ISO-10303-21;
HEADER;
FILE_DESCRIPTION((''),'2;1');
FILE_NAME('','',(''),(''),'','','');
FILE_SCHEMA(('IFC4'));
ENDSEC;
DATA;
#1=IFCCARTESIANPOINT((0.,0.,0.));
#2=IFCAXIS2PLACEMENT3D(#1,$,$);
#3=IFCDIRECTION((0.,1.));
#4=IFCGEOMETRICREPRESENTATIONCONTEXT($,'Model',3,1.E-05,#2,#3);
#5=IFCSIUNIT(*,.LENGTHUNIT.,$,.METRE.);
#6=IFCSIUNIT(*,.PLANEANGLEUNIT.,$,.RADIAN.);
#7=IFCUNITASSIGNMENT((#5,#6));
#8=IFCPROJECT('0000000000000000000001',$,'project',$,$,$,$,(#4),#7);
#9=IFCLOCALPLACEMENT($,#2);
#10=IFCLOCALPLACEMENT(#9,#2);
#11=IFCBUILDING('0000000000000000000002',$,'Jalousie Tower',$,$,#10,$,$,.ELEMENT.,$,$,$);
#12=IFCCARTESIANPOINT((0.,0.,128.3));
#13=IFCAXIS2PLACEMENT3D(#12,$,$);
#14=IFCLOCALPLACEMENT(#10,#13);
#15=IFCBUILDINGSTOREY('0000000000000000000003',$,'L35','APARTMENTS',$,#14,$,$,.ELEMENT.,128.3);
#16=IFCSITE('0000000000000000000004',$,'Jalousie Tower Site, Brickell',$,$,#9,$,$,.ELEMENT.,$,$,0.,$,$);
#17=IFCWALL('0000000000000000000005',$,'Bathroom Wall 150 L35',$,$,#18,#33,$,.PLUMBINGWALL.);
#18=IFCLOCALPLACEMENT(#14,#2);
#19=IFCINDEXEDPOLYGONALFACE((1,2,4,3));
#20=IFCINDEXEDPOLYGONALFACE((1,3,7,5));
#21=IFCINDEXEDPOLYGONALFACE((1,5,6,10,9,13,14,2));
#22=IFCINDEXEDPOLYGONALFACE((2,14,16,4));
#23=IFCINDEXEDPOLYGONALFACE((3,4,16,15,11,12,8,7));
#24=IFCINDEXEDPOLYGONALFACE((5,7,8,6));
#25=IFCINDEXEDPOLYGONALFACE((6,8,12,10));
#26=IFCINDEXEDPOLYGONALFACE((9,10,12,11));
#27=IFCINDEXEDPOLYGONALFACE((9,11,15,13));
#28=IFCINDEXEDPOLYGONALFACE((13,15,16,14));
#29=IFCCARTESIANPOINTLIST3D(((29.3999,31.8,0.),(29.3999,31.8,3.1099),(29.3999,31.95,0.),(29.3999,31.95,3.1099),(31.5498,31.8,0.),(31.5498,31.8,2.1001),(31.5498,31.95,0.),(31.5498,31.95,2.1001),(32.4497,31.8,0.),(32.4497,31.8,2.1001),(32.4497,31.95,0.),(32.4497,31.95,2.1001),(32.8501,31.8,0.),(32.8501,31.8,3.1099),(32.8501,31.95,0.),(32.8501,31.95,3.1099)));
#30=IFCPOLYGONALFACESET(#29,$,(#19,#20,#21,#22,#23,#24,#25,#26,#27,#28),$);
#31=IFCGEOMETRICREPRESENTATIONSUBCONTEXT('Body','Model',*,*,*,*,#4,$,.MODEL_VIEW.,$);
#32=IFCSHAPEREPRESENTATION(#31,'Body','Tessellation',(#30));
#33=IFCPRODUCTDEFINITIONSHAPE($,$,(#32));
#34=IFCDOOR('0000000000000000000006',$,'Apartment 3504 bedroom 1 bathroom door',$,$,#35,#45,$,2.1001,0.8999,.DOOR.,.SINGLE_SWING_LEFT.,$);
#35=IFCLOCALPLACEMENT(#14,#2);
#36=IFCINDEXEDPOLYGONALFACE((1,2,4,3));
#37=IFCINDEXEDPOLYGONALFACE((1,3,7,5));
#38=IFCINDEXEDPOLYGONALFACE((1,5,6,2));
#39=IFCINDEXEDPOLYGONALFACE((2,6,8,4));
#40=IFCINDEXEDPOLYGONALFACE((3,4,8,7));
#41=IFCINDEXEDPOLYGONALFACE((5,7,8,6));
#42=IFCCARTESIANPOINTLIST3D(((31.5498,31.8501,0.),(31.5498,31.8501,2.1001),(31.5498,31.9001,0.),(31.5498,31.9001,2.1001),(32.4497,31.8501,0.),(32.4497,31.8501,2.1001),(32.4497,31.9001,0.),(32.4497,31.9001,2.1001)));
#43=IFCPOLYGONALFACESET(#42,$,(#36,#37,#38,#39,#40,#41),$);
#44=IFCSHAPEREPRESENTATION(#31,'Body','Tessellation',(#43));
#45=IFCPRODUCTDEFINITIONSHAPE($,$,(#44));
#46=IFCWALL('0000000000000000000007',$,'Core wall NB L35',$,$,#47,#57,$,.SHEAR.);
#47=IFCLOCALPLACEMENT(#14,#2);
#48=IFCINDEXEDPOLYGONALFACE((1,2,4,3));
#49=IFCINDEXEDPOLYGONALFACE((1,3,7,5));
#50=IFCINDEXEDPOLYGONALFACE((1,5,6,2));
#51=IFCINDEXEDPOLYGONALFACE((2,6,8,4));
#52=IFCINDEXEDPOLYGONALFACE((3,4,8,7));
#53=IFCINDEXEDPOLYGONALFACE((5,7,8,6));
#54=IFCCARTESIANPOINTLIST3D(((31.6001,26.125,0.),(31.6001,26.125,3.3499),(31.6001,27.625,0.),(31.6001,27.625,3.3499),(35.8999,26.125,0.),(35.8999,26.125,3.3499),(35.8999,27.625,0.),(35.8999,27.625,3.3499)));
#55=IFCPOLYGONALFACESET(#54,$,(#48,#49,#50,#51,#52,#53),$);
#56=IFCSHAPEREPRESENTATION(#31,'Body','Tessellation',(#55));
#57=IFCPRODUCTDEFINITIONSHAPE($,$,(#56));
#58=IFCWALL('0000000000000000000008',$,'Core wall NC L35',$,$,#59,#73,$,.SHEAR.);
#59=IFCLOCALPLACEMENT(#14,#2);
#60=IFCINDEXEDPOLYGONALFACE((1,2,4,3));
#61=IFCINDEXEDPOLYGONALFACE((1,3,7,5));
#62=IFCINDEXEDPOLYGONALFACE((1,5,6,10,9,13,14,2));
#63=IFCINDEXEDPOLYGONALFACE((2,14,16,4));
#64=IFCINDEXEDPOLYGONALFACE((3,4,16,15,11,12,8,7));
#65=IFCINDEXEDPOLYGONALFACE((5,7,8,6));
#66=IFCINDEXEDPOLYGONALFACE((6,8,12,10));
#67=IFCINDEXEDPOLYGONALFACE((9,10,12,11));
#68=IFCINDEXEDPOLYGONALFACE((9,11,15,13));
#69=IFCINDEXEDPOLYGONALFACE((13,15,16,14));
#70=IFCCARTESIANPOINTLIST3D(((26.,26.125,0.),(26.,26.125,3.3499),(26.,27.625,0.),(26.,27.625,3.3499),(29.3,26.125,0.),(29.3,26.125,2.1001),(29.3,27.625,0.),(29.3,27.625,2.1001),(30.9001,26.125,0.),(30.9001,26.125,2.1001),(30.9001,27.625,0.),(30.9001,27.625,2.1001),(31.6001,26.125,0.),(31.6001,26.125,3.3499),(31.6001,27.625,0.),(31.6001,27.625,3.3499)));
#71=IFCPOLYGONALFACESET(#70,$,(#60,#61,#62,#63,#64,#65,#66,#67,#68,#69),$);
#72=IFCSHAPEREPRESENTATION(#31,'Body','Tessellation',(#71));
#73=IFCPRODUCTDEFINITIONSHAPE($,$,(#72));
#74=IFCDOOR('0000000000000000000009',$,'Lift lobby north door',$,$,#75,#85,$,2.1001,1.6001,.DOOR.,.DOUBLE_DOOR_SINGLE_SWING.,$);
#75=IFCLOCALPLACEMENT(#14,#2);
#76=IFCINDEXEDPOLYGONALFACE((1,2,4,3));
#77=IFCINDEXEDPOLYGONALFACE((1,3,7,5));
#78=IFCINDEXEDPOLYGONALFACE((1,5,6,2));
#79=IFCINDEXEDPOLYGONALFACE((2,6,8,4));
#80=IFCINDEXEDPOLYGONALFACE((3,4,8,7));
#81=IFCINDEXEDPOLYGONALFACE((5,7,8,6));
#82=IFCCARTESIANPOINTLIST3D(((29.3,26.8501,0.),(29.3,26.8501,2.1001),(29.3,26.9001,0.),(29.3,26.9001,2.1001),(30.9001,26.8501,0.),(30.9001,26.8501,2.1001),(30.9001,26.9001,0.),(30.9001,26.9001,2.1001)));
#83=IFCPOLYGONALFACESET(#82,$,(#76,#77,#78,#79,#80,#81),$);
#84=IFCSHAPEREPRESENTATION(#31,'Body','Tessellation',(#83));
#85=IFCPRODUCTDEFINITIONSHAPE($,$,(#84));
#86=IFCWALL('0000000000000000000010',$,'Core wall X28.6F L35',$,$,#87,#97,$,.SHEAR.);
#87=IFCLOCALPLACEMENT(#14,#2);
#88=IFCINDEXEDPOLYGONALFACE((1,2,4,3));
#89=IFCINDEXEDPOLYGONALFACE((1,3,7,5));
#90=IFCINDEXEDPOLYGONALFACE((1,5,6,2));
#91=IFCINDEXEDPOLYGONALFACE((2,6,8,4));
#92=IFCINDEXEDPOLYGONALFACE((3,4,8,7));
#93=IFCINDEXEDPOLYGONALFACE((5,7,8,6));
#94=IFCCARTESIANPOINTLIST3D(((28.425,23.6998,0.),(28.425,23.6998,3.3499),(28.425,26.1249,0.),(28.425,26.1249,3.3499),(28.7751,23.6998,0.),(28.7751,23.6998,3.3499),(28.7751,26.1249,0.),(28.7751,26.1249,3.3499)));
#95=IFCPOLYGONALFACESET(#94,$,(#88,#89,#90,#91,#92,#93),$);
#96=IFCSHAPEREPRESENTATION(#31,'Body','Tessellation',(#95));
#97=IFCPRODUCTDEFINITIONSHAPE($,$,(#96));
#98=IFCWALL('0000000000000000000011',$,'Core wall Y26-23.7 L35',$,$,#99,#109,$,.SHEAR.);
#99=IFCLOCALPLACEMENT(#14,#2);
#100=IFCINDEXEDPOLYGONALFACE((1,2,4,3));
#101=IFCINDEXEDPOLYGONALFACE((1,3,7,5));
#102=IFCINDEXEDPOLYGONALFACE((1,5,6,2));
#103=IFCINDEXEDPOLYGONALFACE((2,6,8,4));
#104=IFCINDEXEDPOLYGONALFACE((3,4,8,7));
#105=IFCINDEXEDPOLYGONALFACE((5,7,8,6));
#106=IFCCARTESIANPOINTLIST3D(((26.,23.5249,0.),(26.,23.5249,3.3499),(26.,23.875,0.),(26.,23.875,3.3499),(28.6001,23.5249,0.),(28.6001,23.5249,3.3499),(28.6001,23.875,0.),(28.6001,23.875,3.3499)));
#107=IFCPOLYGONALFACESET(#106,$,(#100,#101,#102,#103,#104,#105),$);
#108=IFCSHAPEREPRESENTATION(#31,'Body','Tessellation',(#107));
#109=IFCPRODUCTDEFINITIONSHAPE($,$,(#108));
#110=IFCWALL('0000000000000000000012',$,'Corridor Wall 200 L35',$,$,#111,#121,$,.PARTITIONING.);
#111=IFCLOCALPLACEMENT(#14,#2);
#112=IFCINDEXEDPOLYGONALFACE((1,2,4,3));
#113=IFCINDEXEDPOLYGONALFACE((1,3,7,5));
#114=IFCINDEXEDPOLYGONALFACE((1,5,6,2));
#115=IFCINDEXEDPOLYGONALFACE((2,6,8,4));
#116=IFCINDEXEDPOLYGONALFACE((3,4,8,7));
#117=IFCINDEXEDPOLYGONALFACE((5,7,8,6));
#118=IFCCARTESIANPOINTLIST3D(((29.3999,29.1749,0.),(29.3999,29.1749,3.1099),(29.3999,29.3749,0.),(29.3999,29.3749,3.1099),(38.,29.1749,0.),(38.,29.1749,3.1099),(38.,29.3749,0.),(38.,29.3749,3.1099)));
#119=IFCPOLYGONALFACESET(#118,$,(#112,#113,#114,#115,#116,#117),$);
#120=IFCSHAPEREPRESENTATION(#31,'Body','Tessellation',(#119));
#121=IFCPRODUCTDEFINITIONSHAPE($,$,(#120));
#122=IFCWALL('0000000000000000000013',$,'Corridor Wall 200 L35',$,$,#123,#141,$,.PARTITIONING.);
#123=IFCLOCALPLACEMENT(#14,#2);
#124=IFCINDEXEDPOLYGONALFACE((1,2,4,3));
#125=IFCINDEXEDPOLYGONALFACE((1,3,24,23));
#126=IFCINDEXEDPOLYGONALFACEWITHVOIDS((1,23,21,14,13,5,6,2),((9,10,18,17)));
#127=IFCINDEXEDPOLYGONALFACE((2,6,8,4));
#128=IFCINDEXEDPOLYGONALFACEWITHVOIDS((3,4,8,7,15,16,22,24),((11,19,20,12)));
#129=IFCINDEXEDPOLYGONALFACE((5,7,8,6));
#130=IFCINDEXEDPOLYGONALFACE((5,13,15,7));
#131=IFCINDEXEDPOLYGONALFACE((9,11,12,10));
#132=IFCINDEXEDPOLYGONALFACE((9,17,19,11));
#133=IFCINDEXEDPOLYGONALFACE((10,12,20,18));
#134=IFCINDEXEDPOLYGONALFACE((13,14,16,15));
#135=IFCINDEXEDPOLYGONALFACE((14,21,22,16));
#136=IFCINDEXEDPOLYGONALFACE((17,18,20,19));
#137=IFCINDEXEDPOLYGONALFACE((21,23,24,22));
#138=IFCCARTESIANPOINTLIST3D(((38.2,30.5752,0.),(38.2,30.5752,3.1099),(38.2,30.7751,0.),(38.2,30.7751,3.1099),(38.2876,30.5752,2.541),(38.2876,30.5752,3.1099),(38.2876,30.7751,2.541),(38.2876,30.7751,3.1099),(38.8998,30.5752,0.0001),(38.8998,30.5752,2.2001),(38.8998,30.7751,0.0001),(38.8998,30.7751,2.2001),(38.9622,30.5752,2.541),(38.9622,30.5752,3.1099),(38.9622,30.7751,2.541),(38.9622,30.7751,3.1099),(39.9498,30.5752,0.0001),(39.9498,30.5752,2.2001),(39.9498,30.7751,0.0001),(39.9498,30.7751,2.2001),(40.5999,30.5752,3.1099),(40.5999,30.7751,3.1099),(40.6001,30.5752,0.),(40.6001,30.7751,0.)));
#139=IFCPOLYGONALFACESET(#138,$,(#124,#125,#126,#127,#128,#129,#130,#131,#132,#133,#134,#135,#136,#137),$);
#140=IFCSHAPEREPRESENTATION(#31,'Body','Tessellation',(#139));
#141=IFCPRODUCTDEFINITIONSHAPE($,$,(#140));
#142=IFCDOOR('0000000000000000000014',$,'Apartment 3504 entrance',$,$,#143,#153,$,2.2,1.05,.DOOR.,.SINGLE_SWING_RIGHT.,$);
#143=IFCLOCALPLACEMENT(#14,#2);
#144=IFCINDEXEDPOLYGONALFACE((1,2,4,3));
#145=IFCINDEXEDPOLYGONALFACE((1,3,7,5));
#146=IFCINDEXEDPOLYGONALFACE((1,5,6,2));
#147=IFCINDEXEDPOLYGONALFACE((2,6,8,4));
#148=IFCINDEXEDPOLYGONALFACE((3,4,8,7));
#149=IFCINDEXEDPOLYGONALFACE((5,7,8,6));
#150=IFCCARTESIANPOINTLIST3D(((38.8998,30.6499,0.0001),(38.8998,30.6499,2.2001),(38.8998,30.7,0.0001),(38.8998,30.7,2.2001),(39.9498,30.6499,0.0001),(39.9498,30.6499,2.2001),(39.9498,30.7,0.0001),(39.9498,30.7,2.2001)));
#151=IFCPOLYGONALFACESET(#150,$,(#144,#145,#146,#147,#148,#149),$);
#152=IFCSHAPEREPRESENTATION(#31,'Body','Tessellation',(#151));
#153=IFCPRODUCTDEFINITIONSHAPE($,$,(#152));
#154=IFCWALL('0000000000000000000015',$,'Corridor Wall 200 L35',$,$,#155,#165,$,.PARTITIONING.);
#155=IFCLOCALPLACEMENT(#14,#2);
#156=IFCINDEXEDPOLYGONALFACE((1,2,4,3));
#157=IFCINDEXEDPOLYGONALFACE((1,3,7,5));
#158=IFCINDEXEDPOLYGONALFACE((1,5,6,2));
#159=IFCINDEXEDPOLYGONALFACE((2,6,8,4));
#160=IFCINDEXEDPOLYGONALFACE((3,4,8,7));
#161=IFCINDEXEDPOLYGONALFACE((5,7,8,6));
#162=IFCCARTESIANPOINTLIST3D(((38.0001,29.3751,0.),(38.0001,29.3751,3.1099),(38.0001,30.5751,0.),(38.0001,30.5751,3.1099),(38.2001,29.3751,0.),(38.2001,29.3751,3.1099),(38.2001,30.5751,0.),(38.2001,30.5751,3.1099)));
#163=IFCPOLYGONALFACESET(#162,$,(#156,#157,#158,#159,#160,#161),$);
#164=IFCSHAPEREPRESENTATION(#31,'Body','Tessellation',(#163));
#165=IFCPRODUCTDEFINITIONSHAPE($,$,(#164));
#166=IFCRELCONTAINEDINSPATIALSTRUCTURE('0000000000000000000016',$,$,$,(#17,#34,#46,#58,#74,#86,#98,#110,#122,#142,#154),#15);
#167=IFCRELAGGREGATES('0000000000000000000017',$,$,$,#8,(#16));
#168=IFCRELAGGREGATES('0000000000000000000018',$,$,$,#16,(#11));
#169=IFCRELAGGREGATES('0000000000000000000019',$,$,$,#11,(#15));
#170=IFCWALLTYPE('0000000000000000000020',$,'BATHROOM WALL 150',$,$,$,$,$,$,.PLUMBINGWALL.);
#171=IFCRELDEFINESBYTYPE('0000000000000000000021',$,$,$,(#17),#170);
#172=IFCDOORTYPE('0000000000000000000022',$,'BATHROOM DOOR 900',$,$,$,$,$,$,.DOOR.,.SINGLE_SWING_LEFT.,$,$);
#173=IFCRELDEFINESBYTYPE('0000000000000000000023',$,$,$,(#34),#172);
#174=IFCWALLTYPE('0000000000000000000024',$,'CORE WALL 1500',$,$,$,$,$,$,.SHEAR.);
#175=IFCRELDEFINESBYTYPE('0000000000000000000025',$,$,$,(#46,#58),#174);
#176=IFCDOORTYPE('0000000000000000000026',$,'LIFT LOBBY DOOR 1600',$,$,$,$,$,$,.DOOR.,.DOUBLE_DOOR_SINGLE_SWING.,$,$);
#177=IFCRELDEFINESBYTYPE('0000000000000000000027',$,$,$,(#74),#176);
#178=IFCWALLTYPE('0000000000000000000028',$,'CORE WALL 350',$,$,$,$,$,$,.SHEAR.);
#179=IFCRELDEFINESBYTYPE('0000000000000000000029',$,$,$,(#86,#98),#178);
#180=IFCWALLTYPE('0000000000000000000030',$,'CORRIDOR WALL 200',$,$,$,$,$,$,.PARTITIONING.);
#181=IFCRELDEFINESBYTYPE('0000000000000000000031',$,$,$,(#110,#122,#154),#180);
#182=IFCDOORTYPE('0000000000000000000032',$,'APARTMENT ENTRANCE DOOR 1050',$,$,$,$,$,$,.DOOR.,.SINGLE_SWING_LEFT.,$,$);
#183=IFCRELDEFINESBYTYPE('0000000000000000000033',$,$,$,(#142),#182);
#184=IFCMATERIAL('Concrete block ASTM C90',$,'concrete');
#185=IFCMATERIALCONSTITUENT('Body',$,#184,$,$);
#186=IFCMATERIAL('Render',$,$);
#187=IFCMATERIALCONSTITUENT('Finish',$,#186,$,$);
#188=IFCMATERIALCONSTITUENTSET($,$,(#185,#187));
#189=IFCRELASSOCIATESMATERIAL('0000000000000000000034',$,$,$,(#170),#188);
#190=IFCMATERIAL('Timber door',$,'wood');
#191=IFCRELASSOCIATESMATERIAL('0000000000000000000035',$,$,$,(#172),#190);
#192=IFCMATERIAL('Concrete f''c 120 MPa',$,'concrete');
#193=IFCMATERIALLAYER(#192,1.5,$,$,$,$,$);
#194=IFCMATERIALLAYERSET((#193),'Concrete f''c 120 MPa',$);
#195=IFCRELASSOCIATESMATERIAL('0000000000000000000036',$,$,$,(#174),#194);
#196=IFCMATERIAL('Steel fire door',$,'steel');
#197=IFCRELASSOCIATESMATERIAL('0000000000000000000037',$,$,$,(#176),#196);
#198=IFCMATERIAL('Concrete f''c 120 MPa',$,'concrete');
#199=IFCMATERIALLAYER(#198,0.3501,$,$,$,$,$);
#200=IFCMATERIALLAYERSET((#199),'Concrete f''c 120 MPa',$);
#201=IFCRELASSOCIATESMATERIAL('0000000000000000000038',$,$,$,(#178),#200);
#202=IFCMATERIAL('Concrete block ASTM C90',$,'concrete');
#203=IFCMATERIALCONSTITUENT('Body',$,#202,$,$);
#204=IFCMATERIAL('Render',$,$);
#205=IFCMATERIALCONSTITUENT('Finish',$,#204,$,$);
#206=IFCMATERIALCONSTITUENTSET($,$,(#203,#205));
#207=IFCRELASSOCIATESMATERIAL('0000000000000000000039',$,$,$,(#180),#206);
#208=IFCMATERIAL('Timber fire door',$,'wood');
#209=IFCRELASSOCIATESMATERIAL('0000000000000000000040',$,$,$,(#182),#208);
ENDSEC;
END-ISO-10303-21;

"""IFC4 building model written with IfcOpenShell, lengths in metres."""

from ifc_helpers import new_model, si_unit, direction, frame, frame_2d, origin, place, context, subcontext, project, spatial, polyline, rectangle, outline, extrude, material, layer, layer_set, constituent, constituent_set, type_object, element, fill, save


model = new_model("IFC4")

# Units and contexts
model_context = context("Model", 3, precision=1e-05, world=origin(), true_north=direction((0.0, 1.0)))
body_context = subcontext(model_context, "Body", "Model", "MODEL_VIEW")
ifc_project = project(units=[si_unit("LENGTHUNIT", "METRE"), si_unit("PLANEANGLEUNIT", "RADIAN")], contexts=[model_context])

# Site, building, storey
site_placement = place(None, origin())
site = spatial("IfcSite", under=ifc_project, at=site_placement, Name="Jalousie Tower Site, Brickell", CompositionType="ELEMENT", RefElevation=0.0)
building_placement = place(site_placement, origin())
building = spatial("IfcBuilding", under=site, at=building_placement, Name="Jalousie Tower", CompositionType="ELEMENT")
storey_placement = place(building_placement, frame((0.0, 0.0, 128.3)))
storey = spatial("IfcBuildingStorey", under=building, at=storey_placement, Name="L35", Description="APARTMENTS", CompositionType="ELEMENT", Elevation=128.3)

# Wall, opening, door
ifc_material_1 = material(Name="Concrete block ASTM C90", Category="concrete")
ifc_constituent_1 = constituent(ifc_material_1, Name="Body")
ifc_material_2 = material(Name="Render")
ifc_constituent_2 = constituent(ifc_material_2, Name="Finish")
ifc_constituent_set_1 = constituent_set(constituents=[ifc_constituent_1, ifc_constituent_2])
wall_type_1 = type_object("IfcWallType", Name="BATHROOM WALL 150", PredefinedType="PLUMBINGWALL", material=ifc_constituent_set_1)
wall_1_placement = place(storey_placement, frame((29.3999, 31.875, 0.0), z_axis=(0.0, 0.0, 1.0), x_axis=(1.0, 0.0, 0.0)))
wall_1 = element("IfcWall", 1, at=wall_1_placement, inside=storey, type_object=wall_type_1, Name="Bathroom Wall 150 L35", PredefinedType="PLUMBINGWALL", context=body_context, shape_type="SweptSolid", body=[
    extrude(rectangle(XDim=3.4502, YDim=0.1499, at=frame_2d((1.7251, 0.0))), origin(), (0.0, 0.0, 1.0), 3.1099),
])
opening_1_placement = place(wall_1_placement, frame((2.1499, 0.0, 0.0)))
opening_1 = element("IfcOpeningElement", 2, at=opening_1_placement, cuts=wall_1, PredefinedType="OPENING", context=body_context, shape_type="SweptSolid", body=[
    extrude(rectangle(XDim=0.8999, YDim=2.1001, at=frame_2d((0.45, 1.05))), frame((0.0, 0.085, 0.0), z_axis=(0.0, -1.0, 0.0), x_axis=(1.0, 0.0, 0.0)), (0.0, 0.0, 1.0), 0.1699),
])
ifc_material_3 = material(Name="Timber door", Category="wood")
door_type_1 = type_object("IfcDoorType", Name="BATHROOM DOOR 900", OperationType="SINGLE_SWING_LEFT", PredefinedType="DOOR", material=ifc_material_3)
door_1_placement = place(opening_1_placement, frame((0.8999, 0.0, 0.0), z_axis=(0.0, 0.0, 1.0), x_axis=(-1.0, 0.0, 0.0)))
door_1 = element("IfcDoor", 3, at=door_1_placement, inside=storey, type_object=door_type_1, Name="Apartment 3504 bedroom 1 bathroom door", OperationType="SINGLE_SWING_LEFT", OverallHeight=2.1001, OverallWidth=0.8999, PredefinedType="DOOR", context=body_context, shape_type="SweptSolid", body=[
    extrude(rectangle(XDim=0.8999, YDim=2.1001, at=frame_2d((0.45, 1.05))), frame((0.0, 0.0249, 0.0), z_axis=(0.0, -1.0, 0.0), x_axis=(1.0, 0.0, 0.0)), (0.0, 0.0, 1.0), 0.05),
])
fill(opening_1, door_1)

# Wall
ifc_material_4 = material(Name="Concrete f'c 120 MPa", Category="concrete")
ifc_layer_1 = layer(ifc_material_4, 1.5)
ifc_layer_set_1 = layer_set([ifc_layer_1], Name="Concrete f'c 120 MPa")
wall_type_2 = type_object("IfcWallType", Name="CORE WALL 1500", PredefinedType="SHEAR", material=ifc_layer_set_1)
wall_2_placement = place(storey_placement, frame((35.8999, 26.875, 0.0), z_axis=(0.0, 0.0, 1.0), x_axis=(-1.0, 0.0, 0.0)))
element("IfcWall", 4, at=wall_2_placement, inside=storey, type_object=wall_type_2, Name="Core wall NB L35", PredefinedType="SHEAR", context=body_context, shape_type="SweptSolid", body=[
    extrude(rectangle(XDim=4.2998, YDim=1.5, at=frame_2d((2.1499, 0.0))), origin(), (0.0, 0.0, 1.0), 3.3499),
])

# Wall, opening, door
wall_3_placement = place(storey_placement, frame((31.6001, 26.875, 0.0), z_axis=(0.0, 0.0, 1.0), x_axis=(-1.0, 0.0, 0.0)))
wall_3 = element("IfcWall", 5, at=wall_3_placement, inside=storey, type_object=wall_type_2, Name="Core wall NC L35", PredefinedType="SHEAR", context=body_context, shape_type="SweptSolid", body=[
    extrude(rectangle(XDim=5.6001, YDim=1.5, at=frame_2d((2.8, 0.0))), origin(), (0.0, 0.0, 1.0), 3.3499),
])
opening_2_placement = place(wall_3_placement, frame((0.7, 0.0, 0.0)))
opening_2 = element("IfcOpeningElement", 6, at=opening_2_placement, cuts=wall_3, PredefinedType="OPENING", context=body_context, shape_type="SweptSolid", body=[
    extrude(rectangle(XDim=1.6001, YDim=2.1001, at=frame_2d((0.8, 1.05))), frame((0.0, 0.76, 0.0), z_axis=(0.0, -1.0, 0.0), x_axis=(1.0, 0.0, 0.0)), (0.0, 0.0, 1.0), 1.52),
])
ifc_material_5 = material(Name="Steel fire door", Category="steel")
door_type_2 = type_object("IfcDoorType", Name="LIFT LOBBY DOOR 1600", OperationType="DOUBLE_DOOR_SINGLE_SWING", PredefinedType="DOOR", material=ifc_material_5)
door_2_placement = place(opening_2_placement, origin())
door_2 = element("IfcDoor", 7, at=door_2_placement, inside=storey, type_object=door_type_2, Name="Lift lobby north door", OperationType="DOUBLE_DOOR_SINGLE_SWING", OverallHeight=2.1001, OverallWidth=1.6001, PredefinedType="DOOR", context=body_context, shape_type="SweptSolid", body=[
    extrude(rectangle(XDim=1.6001, YDim=2.1001, at=frame_2d((0.8, 1.05))), frame((0.0, 0.0249, 0.0), z_axis=(0.0, -1.0, 0.0), x_axis=(1.0, 0.0, 0.0)), (0.0, 0.0, 1.0), 0.05),
])
fill(opening_2, door_2)

# Walls
ifc_material_6 = material(Name="Concrete f'c 120 MPa", Category="concrete")
ifc_layer_2 = layer(ifc_material_6, 0.3501)
ifc_layer_set_2 = layer_set([ifc_layer_2], Name="Concrete f'c 120 MPa")
wall_type_3 = type_object("IfcWallType", Name="CORE WALL 350", PredefinedType="SHEAR", material=ifc_layer_set_2)
wall_4_placement = place(storey_placement, frame((28.6001, 23.7, 0.0), z_axis=(0.0, 0.0, 1.0), x_axis=(0.0, 1.0, 0.0)))
element("IfcWall", 8, at=wall_4_placement, inside=storey, type_object=wall_type_3, Name="Core wall X28.6F L35", PredefinedType="SHEAR", context=body_context, shape_type="SweptSolid", body=[
    extrude(rectangle(XDim=2.425, YDim=0.3501, at=frame_2d((1.2124, 0.0))), origin(), (0.0, 0.0, 1.0), 3.3499),
])
wall_5_placement = place(storey_placement, frame((26.0, 23.7, 0.0), z_axis=(0.0, 0.0, 1.0), x_axis=(1.0, 0.0, 0.0)))
element("IfcWall", 9, at=wall_5_placement, inside=storey, type_object=wall_type_3, Name="Core wall Y26-23.7 L35", PredefinedType="SHEAR", context=body_context, shape_type="SweptSolid", body=[
    extrude(rectangle(XDim=2.6001, YDim=0.3501, at=frame_2d((1.3, 0.0))), origin(), (0.0, 0.0, 1.0), 3.3499),
])
ifc_material_7 = material(Name="Concrete block ASTM C90", Category="concrete")
ifc_constituent_3 = constituent(ifc_material_7, Name="Body")
ifc_material_8 = material(Name="Render")
ifc_constituent_4 = constituent(ifc_material_8, Name="Finish")
ifc_constituent_set_2 = constituent_set(constituents=[ifc_constituent_3, ifc_constituent_4])
wall_type_4 = type_object("IfcWallType", Name="CORRIDOR WALL 200", PredefinedType="PARTITIONING", material=ifc_constituent_set_2)
wall_6_placement = place(storey_placement, frame((29.3999, 29.2749, 0.0), z_axis=(0.0, 0.0, 1.0), x_axis=(1.0, 0.0, 0.0)))
element("IfcWall", 10, at=wall_6_placement, inside=storey, type_object=wall_type_4, Name="Corridor Wall 200 L35", PredefinedType="PARTITIONING", context=body_context, shape_type="SweptSolid", body=[
    extrude(rectangle(XDim=8.6001, YDim=0.2, at=frame_2d((4.3, 0.0))), origin(), (0.0, 0.0, 1.0), 3.1099),
])

# Wall, opening, door
wall_7_placement = place(storey_placement, frame((38.2, 30.675, 0.0), z_axis=(0.0, 0.0, 1.0), x_axis=(1.0, 0.0, 0.0)))
wall_7 = element("IfcWall", 11, at=wall_7_placement, inside=storey, type_object=wall_type_4, Name="Corridor Wall 200 L35", PredefinedType="PARTITIONING", context=body_context, shape_type="SweptSolid", body=[
    extrude(outline(polyline([(0.0, 0.0), (2.4001, 0.0), (2.3999, 3.1099), (0.7622, 3.1099), (0.7622, 2.541), (0.0876, 2.541), (0.0876, 3.1099), (0.0, 3.1099), (0.0, 0.0)])), frame((0.0, 0.1001, 0.0), z_axis=(0.0, -1.0, 0.0), x_axis=(1.0, 0.0, 0.0)), (0.0, 0.0, 1.0), 0.2),
])
opening_3_placement = place(wall_7_placement, frame((0.7, 0.0, 0.0)))
opening_3 = element("IfcOpeningElement", 12, at=opening_3_placement, cuts=wall_7, PredefinedType="OPENING", context=body_context, shape_type="SweptSolid", body=[
    extrude(rectangle(XDim=1.05, YDim=2.2, at=frame_2d((0.5249, 1.1001))), frame((0.0, 0.1099, 0.0), z_axis=(0.0, -1.0, 0.0), x_axis=(1.0, 0.0, 0.0)), (0.0, 0.0, 1.0), 0.22),
])
ifc_material_9 = material(Name="Timber fire door", Category="wood")
door_type_3 = type_object("IfcDoorType", Name="APARTMENT ENTRANCE DOOR 1050", OperationType="SINGLE_SWING_LEFT", PredefinedType="DOOR", material=ifc_material_9)
door_3_placement = place(opening_3_placement, origin())
door_3 = element("IfcDoor", 13, at=door_3_placement, inside=storey, type_object=door_type_3, Name="Apartment 3504 entrance", OperationType="SINGLE_SWING_RIGHT", OverallHeight=2.2, OverallWidth=1.05, PredefinedType="DOOR", context=body_context, shape_type="SweptSolid", body=[
    extrude(rectangle(XDim=1.05, YDim=2.2, at=frame_2d((0.5249, 1.1001))), frame((0.0, 0.0249, 0.0), z_axis=(0.0, -1.0, 0.0), x_axis=(1.0, 0.0, 0.0)), (0.0, 0.0, 1.0), 0.05),
])
fill(opening_3, door_3)

# Wall
wall_8_placement = place(storey_placement, frame((38.1001, 29.375, 0.0), z_axis=(0.0, 0.0, 1.0), x_axis=(0.0, 1.0, 0.0)))
element("IfcWall", 14, at=wall_8_placement, inside=storey, type_object=wall_type_4, Name="Corridor Wall 200 L35", PredefinedType="PARTITIONING", context=body_context, shape_type="SweptSolid", body=[
    extrude(rectangle(XDim=1.2, YDim=0.2, at=frame_2d((0.6001, 0.0))), origin(), (0.0, 0.0, 1.0), 3.1099),
])

save(model, "model.ifc")
